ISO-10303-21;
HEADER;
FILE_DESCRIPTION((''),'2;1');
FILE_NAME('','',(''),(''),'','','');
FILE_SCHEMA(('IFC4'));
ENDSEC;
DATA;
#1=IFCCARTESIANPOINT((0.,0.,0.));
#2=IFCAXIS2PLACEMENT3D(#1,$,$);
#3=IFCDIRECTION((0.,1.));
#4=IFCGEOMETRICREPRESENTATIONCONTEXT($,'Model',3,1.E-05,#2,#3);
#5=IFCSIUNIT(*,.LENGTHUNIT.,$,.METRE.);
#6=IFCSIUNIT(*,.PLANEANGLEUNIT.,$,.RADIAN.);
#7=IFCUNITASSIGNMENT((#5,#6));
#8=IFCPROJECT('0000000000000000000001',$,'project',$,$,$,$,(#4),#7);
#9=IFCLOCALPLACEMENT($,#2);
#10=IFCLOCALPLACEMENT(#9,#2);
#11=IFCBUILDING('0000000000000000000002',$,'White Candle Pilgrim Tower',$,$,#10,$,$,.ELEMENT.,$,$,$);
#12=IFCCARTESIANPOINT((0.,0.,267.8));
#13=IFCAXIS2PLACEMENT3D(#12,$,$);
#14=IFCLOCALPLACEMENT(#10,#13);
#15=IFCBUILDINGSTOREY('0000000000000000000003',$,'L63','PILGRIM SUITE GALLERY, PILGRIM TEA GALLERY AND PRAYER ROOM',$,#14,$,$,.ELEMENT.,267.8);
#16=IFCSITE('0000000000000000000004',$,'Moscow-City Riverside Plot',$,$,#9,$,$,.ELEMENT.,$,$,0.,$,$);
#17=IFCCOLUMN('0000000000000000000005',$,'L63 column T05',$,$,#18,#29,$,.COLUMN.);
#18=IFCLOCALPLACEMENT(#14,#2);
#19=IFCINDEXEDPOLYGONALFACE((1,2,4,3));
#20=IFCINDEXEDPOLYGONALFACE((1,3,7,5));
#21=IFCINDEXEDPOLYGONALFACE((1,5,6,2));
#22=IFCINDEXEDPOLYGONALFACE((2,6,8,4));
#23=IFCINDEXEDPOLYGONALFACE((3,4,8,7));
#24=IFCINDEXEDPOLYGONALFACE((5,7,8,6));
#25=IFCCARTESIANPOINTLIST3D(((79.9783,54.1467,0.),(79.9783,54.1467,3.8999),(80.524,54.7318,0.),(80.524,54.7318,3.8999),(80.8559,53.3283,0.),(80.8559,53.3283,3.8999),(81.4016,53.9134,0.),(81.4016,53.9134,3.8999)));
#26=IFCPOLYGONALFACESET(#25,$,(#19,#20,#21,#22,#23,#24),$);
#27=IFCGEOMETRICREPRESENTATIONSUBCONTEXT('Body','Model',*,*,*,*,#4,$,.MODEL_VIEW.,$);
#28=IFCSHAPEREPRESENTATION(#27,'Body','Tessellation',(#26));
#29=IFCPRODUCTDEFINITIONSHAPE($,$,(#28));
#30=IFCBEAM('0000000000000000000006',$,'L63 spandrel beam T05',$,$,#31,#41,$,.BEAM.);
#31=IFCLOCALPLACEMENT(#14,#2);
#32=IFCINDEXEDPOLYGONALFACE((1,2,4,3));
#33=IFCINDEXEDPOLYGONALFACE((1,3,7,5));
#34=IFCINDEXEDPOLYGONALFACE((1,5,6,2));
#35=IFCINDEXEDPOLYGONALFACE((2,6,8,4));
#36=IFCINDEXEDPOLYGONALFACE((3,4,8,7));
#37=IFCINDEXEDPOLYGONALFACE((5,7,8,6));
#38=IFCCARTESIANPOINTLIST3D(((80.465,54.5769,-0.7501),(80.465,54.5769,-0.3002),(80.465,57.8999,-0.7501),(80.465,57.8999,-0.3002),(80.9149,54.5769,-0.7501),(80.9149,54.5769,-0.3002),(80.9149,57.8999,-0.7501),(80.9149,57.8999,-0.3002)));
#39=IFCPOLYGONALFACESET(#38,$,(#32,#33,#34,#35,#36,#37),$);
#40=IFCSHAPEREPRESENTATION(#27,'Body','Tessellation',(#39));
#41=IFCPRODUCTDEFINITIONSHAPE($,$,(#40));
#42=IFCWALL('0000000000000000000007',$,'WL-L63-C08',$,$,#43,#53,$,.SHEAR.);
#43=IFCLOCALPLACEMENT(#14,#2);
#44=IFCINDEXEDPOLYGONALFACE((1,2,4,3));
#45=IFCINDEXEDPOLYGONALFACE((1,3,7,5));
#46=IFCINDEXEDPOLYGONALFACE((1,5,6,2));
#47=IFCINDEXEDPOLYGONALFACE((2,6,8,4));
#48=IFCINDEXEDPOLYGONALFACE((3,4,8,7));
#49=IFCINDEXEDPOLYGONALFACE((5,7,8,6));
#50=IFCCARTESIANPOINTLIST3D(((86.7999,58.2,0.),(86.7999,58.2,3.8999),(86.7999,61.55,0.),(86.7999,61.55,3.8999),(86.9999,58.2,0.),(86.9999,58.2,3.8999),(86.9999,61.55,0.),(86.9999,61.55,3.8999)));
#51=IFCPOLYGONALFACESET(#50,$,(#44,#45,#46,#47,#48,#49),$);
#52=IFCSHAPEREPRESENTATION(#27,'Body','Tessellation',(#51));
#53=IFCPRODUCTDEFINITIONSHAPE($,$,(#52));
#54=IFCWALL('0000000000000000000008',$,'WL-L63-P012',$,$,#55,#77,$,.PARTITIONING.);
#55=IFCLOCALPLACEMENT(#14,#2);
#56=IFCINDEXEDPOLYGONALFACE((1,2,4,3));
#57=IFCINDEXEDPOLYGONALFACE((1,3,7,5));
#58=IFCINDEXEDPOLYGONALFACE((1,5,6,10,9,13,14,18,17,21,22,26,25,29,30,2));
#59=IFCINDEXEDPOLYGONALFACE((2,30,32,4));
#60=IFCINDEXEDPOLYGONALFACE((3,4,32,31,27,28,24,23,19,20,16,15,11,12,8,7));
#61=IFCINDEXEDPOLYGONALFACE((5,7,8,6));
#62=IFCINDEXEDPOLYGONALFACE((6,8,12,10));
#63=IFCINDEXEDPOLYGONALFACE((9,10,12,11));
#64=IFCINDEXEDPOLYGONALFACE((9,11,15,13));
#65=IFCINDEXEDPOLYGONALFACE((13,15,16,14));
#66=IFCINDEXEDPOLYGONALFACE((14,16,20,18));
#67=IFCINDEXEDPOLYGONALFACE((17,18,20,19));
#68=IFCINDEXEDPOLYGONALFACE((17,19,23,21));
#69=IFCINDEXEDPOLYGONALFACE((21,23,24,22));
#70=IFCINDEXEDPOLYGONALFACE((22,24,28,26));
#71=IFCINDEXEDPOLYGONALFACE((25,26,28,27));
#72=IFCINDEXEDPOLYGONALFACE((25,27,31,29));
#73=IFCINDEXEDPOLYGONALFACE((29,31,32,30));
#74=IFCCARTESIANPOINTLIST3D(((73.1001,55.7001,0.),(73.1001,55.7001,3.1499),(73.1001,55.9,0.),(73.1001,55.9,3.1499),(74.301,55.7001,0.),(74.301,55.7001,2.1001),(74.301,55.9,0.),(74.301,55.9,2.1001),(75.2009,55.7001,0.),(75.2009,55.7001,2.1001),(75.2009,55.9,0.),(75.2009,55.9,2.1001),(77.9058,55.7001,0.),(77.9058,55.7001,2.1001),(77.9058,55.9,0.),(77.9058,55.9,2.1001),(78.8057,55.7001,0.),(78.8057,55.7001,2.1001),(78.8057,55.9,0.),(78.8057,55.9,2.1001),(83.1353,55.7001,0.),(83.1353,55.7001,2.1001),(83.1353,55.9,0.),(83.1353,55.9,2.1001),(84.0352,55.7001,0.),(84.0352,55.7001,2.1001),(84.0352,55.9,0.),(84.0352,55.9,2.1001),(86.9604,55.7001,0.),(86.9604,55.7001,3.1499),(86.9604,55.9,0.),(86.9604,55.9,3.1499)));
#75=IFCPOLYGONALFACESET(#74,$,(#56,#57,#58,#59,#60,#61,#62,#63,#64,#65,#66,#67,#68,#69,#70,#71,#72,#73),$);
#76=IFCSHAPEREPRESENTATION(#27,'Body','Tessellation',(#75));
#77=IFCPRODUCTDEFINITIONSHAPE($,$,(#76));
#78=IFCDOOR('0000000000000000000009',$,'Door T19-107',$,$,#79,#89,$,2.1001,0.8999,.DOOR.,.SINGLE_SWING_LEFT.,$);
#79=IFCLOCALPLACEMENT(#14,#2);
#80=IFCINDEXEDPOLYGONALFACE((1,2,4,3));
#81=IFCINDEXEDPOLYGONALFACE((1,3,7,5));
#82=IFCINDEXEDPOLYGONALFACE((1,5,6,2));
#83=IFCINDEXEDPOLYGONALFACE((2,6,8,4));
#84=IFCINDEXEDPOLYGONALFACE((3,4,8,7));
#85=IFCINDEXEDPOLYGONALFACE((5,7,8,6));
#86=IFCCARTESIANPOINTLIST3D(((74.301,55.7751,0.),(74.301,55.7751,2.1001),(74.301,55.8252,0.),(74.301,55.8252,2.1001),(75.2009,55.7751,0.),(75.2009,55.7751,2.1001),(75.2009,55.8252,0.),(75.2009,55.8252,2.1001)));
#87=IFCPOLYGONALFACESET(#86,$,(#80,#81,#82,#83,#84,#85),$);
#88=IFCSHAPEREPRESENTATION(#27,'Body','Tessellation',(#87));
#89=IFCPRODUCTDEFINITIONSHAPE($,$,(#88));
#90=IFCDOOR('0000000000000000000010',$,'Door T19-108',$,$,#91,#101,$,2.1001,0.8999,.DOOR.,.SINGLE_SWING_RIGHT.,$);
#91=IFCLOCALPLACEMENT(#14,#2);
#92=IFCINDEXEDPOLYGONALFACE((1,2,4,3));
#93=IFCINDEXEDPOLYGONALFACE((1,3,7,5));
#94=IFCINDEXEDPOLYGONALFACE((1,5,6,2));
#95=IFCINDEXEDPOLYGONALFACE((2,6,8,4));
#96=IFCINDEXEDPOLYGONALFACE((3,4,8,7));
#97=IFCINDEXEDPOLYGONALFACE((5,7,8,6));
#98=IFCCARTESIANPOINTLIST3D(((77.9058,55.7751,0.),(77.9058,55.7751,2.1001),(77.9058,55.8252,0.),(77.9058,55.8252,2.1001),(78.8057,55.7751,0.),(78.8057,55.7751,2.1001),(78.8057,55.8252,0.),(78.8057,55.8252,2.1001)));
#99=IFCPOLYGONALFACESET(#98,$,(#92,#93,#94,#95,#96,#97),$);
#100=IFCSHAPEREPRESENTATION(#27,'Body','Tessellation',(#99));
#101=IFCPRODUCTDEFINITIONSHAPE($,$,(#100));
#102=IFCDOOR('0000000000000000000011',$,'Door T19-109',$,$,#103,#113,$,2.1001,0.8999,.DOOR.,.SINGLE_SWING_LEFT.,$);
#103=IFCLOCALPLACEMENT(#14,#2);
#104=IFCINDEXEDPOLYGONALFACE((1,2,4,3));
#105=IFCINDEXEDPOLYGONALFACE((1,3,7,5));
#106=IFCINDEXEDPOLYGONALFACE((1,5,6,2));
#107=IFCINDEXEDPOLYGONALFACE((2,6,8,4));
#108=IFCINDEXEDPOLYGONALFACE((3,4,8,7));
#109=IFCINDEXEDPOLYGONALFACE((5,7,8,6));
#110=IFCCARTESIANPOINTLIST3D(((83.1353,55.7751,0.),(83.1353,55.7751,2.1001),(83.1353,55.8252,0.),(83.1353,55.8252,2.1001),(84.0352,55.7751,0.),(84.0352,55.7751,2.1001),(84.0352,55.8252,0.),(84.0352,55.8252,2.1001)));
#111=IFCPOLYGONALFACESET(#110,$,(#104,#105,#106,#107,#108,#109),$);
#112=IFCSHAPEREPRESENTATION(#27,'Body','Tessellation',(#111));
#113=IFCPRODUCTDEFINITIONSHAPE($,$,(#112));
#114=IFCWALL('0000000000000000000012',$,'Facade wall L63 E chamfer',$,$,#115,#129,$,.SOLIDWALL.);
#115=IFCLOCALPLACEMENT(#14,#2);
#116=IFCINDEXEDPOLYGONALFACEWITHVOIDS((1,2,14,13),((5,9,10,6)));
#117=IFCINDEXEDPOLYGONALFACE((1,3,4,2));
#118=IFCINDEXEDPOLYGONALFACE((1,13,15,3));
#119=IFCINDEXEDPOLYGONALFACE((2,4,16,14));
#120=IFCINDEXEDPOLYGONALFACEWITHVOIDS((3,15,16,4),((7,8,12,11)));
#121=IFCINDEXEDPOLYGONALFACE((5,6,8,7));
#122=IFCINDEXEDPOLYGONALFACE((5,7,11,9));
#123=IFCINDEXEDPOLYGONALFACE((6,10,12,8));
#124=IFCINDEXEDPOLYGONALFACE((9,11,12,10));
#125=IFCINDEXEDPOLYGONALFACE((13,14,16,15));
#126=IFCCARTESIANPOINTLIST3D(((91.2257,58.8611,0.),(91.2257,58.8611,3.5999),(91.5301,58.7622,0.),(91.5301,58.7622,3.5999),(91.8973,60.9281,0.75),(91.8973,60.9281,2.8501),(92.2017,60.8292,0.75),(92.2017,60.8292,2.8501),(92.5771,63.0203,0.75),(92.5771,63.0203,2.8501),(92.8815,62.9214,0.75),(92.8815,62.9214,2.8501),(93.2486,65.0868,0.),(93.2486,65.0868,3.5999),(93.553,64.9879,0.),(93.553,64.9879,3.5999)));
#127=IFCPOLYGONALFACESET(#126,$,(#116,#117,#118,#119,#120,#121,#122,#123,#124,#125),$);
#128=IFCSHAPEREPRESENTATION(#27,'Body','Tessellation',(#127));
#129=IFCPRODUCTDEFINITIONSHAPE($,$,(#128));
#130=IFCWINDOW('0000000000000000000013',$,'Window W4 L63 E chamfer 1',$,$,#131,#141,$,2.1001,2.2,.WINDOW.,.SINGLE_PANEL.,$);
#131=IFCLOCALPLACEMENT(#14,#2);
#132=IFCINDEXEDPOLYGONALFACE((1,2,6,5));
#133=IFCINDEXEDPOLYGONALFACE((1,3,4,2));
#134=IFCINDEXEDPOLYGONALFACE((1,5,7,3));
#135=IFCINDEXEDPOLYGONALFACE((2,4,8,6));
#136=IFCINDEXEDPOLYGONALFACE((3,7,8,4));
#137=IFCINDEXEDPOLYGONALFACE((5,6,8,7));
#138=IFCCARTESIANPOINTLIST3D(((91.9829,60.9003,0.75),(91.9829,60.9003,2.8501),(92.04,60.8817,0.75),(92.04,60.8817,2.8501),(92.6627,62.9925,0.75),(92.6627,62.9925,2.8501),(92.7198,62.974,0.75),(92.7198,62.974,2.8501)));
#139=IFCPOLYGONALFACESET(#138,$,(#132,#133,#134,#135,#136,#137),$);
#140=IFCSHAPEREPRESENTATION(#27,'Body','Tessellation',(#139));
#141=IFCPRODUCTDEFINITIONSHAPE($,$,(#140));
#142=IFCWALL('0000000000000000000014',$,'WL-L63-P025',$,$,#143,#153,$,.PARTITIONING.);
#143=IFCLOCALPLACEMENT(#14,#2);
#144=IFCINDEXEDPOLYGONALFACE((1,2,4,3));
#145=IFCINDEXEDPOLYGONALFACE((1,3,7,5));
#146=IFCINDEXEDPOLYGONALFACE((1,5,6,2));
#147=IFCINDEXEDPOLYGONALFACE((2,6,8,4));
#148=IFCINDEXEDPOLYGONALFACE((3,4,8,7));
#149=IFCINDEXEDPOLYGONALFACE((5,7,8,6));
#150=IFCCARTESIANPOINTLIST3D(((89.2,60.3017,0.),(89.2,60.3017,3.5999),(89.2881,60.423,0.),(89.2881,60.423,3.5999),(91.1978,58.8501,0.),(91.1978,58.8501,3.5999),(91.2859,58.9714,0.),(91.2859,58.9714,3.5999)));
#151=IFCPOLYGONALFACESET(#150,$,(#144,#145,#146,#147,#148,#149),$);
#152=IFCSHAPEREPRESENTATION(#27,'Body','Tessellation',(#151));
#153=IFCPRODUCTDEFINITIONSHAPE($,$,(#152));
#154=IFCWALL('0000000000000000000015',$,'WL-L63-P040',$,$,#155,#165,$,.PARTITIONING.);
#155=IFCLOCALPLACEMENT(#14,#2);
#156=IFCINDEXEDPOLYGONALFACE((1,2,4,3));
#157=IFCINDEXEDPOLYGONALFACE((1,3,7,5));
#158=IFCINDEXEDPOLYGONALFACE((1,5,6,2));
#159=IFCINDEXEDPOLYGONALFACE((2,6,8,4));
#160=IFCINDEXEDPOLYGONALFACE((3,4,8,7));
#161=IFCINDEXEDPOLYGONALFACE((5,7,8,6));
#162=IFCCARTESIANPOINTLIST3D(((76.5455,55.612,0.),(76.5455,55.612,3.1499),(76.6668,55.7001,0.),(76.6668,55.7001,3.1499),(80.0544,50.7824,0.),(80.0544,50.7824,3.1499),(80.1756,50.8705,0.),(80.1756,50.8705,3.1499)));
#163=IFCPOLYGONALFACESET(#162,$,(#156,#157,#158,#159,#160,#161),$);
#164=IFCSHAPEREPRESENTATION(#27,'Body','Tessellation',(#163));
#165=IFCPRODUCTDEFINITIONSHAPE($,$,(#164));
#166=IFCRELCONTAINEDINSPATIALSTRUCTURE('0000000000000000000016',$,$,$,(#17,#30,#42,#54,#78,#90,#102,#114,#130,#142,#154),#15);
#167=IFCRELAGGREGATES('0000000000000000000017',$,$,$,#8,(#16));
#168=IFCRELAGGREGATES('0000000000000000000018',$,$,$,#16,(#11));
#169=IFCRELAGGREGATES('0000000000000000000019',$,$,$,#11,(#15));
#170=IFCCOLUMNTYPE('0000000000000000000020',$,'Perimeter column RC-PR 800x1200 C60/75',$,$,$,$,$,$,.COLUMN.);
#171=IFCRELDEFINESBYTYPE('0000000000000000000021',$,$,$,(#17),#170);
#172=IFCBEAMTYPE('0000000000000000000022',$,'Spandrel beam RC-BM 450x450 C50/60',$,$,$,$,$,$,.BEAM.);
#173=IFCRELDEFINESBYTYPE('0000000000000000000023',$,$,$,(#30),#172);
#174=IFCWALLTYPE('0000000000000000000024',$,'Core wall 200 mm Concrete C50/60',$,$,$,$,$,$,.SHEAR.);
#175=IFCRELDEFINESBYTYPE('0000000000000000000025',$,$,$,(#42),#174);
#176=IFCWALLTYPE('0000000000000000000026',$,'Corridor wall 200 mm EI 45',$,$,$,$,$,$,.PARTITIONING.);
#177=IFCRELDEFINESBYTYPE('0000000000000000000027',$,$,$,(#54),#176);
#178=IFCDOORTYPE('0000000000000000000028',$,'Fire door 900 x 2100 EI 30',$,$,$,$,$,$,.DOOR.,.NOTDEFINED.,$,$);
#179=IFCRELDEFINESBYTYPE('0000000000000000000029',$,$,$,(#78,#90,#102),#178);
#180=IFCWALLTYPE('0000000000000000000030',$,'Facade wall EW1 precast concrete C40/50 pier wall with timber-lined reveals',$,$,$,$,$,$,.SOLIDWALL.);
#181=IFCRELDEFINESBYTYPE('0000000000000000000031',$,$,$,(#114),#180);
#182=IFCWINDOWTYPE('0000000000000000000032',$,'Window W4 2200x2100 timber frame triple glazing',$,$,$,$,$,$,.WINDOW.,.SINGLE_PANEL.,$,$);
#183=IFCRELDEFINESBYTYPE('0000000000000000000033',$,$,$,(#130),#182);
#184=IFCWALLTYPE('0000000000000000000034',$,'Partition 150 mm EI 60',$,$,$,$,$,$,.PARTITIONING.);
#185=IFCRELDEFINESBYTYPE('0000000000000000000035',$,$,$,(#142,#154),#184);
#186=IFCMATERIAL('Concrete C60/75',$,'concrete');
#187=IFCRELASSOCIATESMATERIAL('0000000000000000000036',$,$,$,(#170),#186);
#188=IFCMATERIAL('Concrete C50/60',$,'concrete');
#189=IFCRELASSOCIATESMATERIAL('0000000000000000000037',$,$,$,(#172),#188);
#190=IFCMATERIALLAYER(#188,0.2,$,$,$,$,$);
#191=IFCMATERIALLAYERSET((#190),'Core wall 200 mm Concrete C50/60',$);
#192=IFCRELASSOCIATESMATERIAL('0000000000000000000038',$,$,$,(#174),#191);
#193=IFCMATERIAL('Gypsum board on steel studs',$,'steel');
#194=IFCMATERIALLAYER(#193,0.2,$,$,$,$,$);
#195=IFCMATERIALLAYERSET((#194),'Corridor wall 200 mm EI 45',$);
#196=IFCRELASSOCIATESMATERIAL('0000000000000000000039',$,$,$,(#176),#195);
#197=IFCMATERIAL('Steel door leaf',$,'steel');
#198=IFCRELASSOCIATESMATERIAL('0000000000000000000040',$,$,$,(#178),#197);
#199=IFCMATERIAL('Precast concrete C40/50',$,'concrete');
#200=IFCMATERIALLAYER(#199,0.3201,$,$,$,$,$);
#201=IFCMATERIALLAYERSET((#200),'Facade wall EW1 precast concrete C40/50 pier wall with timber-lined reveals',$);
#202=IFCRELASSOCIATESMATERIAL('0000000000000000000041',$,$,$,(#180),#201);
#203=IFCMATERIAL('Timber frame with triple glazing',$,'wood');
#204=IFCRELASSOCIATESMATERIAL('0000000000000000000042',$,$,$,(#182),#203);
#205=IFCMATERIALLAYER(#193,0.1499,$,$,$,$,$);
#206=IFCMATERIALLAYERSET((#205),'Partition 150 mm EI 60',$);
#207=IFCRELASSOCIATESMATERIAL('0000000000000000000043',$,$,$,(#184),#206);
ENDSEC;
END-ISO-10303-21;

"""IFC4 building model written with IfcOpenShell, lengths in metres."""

from ifc_helpers import new_model, si_unit, direction, frame, frame_2d, origin, origin_2d, place, context, subcontext, project, spatial, rectangle, extrude, material, layer, layer_set, material_profile, profile_set, type_object, element, fill, save


model = new_model("IFC4")

# Units and contexts
model_context = context("Model", 3, precision=1e-05, world=origin(), true_north=direction((0.0, 1.0)))
body_context = subcontext(model_context, "Body", "Model", "MODEL_VIEW")
ifc_project = project(units=[si_unit("LENGTHUNIT", "METRE"), si_unit("PLANEANGLEUNIT", "RADIAN")], contexts=[model_context])

# Site, building, storey
site_placement = place(None, origin())
site = spatial("IfcSite", under=ifc_project, at=site_placement, Name="Moscow-City Riverside Plot", CompositionType="ELEMENT", RefElevation=0.0)
building_placement = place(site_placement, origin())
building = spatial("IfcBuilding", under=site, at=building_placement, Name="White Candle Pilgrim Tower", CompositionType="ELEMENT")
storey_placement = place(building_placement, frame((0.0, 0.0, 267.8)))
storey = spatial("IfcBuildingStorey", under=building, at=storey_placement, Name="L63", Description="PILGRIM SUITE GALLERY, PILGRIM TEA GALLERY AND PRAYER ROOM", CompositionType="ELEMENT", Elevation=267.8)

# Column
ifc_material_1 = material(Name="Concrete C60/75", Category="concrete")
ifc_material_profile_1 = material_profile(ifc_material_1, rectangle(XDim=0.8, YDim=1.2, at=origin_2d()), Name="RC-PR 800x1200")
ifc_profile_set_1 = profile_set([ifc_material_profile_1], Name="Concrete C60/75")
column_type = type_object("IfcColumnType", Name="Perimeter column RC-PR 800x1200 C60/75", PredefinedType="COLUMN", material=ifc_profile_set_1)
column_placement = place(storey_placement, frame((80.6899, 54.03, 0.0), z_axis=(0.0, 0.0, 1.0), x_axis=(-0.681998, -0.731354, 0.0)))
element("IfcColumn", 1, at=column_placement, inside=storey, type_object=column_type, Name="L63 column T05", PredefinedType="COLUMN", context=body_context, shape_type="SweptSolid", body=[
    extrude(rectangle(XDim=0.8, YDim=1.2, at=origin_2d()), origin(), (0.0, 0.0, 1.0), 3.8999),
])

# Beam
ifc_material_2 = material(Name="Concrete C50/60", Category="concrete")
ifc_material_profile_2 = material_profile(ifc_material_2, rectangle(XDim=0.45, YDim=0.45, at=origin_2d()), Name="RC-BM 450x450")
ifc_profile_set_2 = profile_set([ifc_material_profile_2], Name="Concrete C50/60")
beam_type = type_object("IfcBeamType", Name="Spandrel beam RC-BM 450x450 C50/60", PredefinedType="BEAM", material=ifc_profile_set_2)
beam_placement = place(storey_placement, frame((80.6899, 54.5769, -0.5251), z_axis=(0.0, 1.0, 0.0), x_axis=(-1.0, 0.0, 0.0)))
element("IfcBeam", 2, at=beam_placement, inside=storey, type_object=beam_type, Name="L63 spandrel beam T05", PredefinedType="BEAM", context=body_context, shape_type="SweptSolid", body=[
    extrude(rectangle(XDim=0.45, YDim=0.45, at=origin_2d()), origin(), (0.0, 0.0, 1.0), 3.323),
])

# Wall
ifc_layer_1 = layer(ifc_material_2, 0.2)
ifc_layer_set_1 = layer_set([ifc_layer_1], Name="Core wall 200 mm Concrete C50/60")
wall_type_1 = type_object("IfcWallType", Name="Core wall 200 mm Concrete C50/60", PredefinedType="SHEAR", material=ifc_layer_set_1)
wall_1_placement = place(storey_placement, frame((86.8999, 58.2, 0.0), z_axis=(0.0, 0.0, 1.0), x_axis=(0.0, 1.0, 0.0)))
element("IfcWall", 3, at=wall_1_placement, inside=storey, type_object=wall_type_1, Name="WL-L63-C08", PredefinedType="SHEAR", context=body_context, shape_type="SweptSolid", body=[
    extrude(rectangle(XDim=3.3501, YDim=0.2, at=frame_2d((1.675, 0.0))), origin(), (0.0, 0.0, 1.0), 3.8999),
])

# Wall, openings, doors
ifc_material_3 = material(Name="Gypsum board on steel studs", Category="steel")
ifc_layer_2 = layer(ifc_material_3, 0.2)
ifc_layer_set_2 = layer_set([ifc_layer_2], Name="Corridor wall 200 mm EI 45")
wall_type_2 = type_object("IfcWallType", Name="Corridor wall 200 mm EI 45", PredefinedType="PARTITIONING", material=ifc_layer_set_2)
wall_2_placement = place(storey_placement, frame((86.9604, 55.8, 0.0), z_axis=(0.0, 0.0, 1.0), x_axis=(-1.0, 0.0, 0.0)))
wall_2 = element("IfcWall", 4, at=wall_2_placement, inside=storey, type_object=wall_type_2, Name="WL-L63-P012", PredefinedType="PARTITIONING", context=body_context, shape_type="SweptSolid", body=[
    extrude(rectangle(XDim=13.8604, YDim=0.2, at=frame_2d((6.9302, 0.0))), origin(), (0.0, 0.0, 1.0), 3.1499),
])
opening_1_placement = place(wall_2_placement, frame((11.7595, 0.0, 0.0)))
opening_1 = element("IfcOpeningElement", 5, at=opening_1_placement, cuts=wall_2, PredefinedType="OPENING", context=body_context, shape_type="SweptSolid", body=[
    extrude(rectangle(XDim=0.8999, YDim=2.1001, at=frame_2d((0.45, 1.05))), frame((0.0, 0.1099, 0.0), z_axis=(0.0, -1.0, 0.0), x_axis=(1.0, 0.0, 0.0)), (0.0, 0.0, 1.0), 0.22),
])
opening_2_placement = place(wall_2_placement, frame((8.1548, 0.0, 0.0)))
opening_2 = element("IfcOpeningElement", 6, at=opening_2_placement, cuts=wall_2, PredefinedType="OPENING", context=body_context, shape_type="SweptSolid", body=[
    extrude(rectangle(XDim=0.8999, YDim=2.1001, at=frame_2d((0.45, 1.05))), frame((0.0, 0.1099, 0.0), z_axis=(0.0, -1.0, 0.0), x_axis=(1.0, 0.0, 0.0)), (0.0, 0.0, 1.0), 0.22),
])
opening_3_placement = place(wall_2_placement, frame((2.9253, 0.0, 0.0)))
opening_3 = element("IfcOpeningElement", 7, at=opening_3_placement, cuts=wall_2, PredefinedType="OPENING", context=body_context, shape_type="SweptSolid", body=[
    extrude(rectangle(XDim=0.8999, YDim=2.1001, at=frame_2d((0.45, 1.05))), frame((0.0, 0.1099, 0.0), z_axis=(0.0, -1.0, 0.0), x_axis=(1.0, 0.0, 0.0)), (0.0, 0.0, 1.0), 0.22),
])
ifc_material_4 = material(Name="Steel door leaf", Category="steel")
door_type_1 = type_object("IfcDoorType", Name="Fire door 900 x 2100 EI 30", OperationType="NOTDEFINED", PredefinedType="DOOR", material=ifc_material_4)
door_1_placement = place(opening_1_placement, origin())
door_1 = element("IfcDoor", 8, at=door_1_placement, inside=storey, type_object=door_type_1, Name="Door T19-107", OperationType="SINGLE_SWING_LEFT", OverallHeight=2.1001, OverallWidth=0.8999, PredefinedType="DOOR", context=body_context, shape_type="SweptSolid", body=[
    extrude(rectangle(XDim=0.8999, YDim=2.1001, at=frame_2d((0.45, 1.05))), frame((0.0, 0.0249, 0.0), z_axis=(0.0, -1.0, 0.0), x_axis=(1.0, 0.0, 0.0)), (0.0, 0.0, 1.0), 0.05),
])
fill(opening_1, door_1)
door_2_placement = place(opening_2_placement, origin())
door_2 = element("IfcDoor", 9, at=door_2_placement, inside=storey, type_object=door_type_1, Name="Door T19-108", OperationType="SINGLE_SWING_RIGHT", OverallHeight=2.1001, OverallWidth=0.8999, PredefinedType="DOOR", context=body_context, shape_type="SweptSolid", body=[
    extrude(rectangle(XDim=0.8999, YDim=2.1001, at=frame_2d((0.45, 1.05))), frame((0.0, 0.0249, 0.0), z_axis=(0.0, -1.0, 0.0), x_axis=(1.0, 0.0, 0.0)), (0.0, 0.0, 1.0), 0.05),
])
fill(opening_2, door_2)
door_3_placement = place(opening_3_placement, origin())
door_3 = element("IfcDoor", 10, at=door_3_placement, inside=storey, type_object=door_type_1, Name="Door T19-109", OperationType="SINGLE_SWING_LEFT", OverallHeight=2.1001, OverallWidth=0.8999, PredefinedType="DOOR", context=body_context, shape_type="SweptSolid", body=[
    extrude(rectangle(XDim=0.8999, YDim=2.1001, at=frame_2d((0.45, 1.05))), frame((0.0, 0.0249, 0.0), z_axis=(0.0, -1.0, 0.0), x_axis=(1.0, 0.0, 0.0)), (0.0, 0.0, 1.0), 0.05),
])
fill(opening_3, door_3)

# Wall, opening, window
ifc_material_5 = material(Name="Precast concrete C40/50", Category="concrete")
ifc_layer_3 = layer(ifc_material_5, 0.3201)
ifc_layer_set_3 = layer_set([ifc_layer_3], Name="Facade wall EW1 precast concrete C40/50 pier wall with timber-lined reveals")
wall_type_3 = type_object("IfcWallType", Name="Facade wall EW1 precast concrete C40/50 pier wall with timber-lined reveals", PredefinedType="SOLIDWALL", material=ifc_layer_set_3)
wall_3_placement = place(storey_placement, frame((91.3779, 58.8118, 0.0), z_axis=(0.0, 0.0, 1.0), x_axis=(0.309025, 0.951054, 0.0)))
wall_3 = element("IfcWall", 11, at=wall_3_placement, inside=storey, type_object=wall_type_3, Name="Facade wall L63 E chamfer", PredefinedType="SOLIDWALL", context=body_context, shape_type="SweptSolid", body=[
    extrude(rectangle(XDim=6.5461, YDim=0.3201, at=frame_2d((3.2729, 0.0))), origin(), (0.0, 0.0, 1.0), 3.5999),
])
opening_4_placement = place(wall_3_placement, frame((2.1731, 0.0, 0.75)))
opening_4 = element("IfcOpeningElement", 12, at=opening_4_placement, cuts=wall_3, PredefinedType="OPENING", context=body_context, shape_type="SweptSolid", body=[
    extrude(rectangle(XDim=2.2, YDim=2.1001, at=frame_2d((1.1001, 1.05))), frame((0.0, 0.1699, 0.0), z_axis=(0.0, -1.0, 0.0), x_axis=(1.0, 0.0, 0.0)), (0.0, 0.0, 1.0), 0.3401),
])
ifc_material_6 = material(Name="Timber frame with triple glazing", Category="wood")
window_type = type_object("IfcWindowType", Name="Window W4 2200x2100 timber frame triple glazing", PartitioningType="SINGLE_PANEL", PredefinedType="WINDOW", material=ifc_material_6)
window_placement = place(opening_4_placement, origin())
window = element("IfcWindow", 13, at=window_placement, inside=storey, type_object=window_type, Name="Window W4 L63 E chamfer 1", OverallHeight=2.1001, OverallWidth=2.2, PartitioningType="SINGLE_PANEL", PredefinedType="WINDOW", context=body_context, shape_type="SweptSolid", body=[
    extrude(rectangle(XDim=2.2, YDim=2.1001, at=frame_2d((1.1001, 1.05))), frame((0.0, 0.0701, 0.0), z_axis=(0.0, -1.0, 0.0), x_axis=(1.0, 0.0, 0.0)), (0.0, 0.0, 1.0), 0.0601),
])
fill(opening_4, window)

# Walls
ifc_layer_4 = layer(ifc_material_3, 0.1499)
ifc_layer_set_4 = layer_set([ifc_layer_4], Name="Partition 150 mm EI 60")
wall_type_4 = type_object("IfcWallType", Name="Partition 150 mm EI 60", PredefinedType="PARTITIONING", material=ifc_layer_set_4)
wall_4_placement = place(storey_placement, frame((91.2419, 58.9106, 0.0), z_axis=(0.0, 0.0, 1.0), x_axis=(-0.808984, 0.587831, 0.0)))
element("IfcWall", 14, at=wall_4_placement, inside=storey, type_object=wall_type_4, Name="WL-L63-P025", PredefinedType="PARTITIONING", context=body_context, shape_type="SweptSolid", body=[
    extrude(rectangle(XDim=2.4695, YDim=0.1499, at=frame_2d((1.2349, 0.0))), origin(), (0.0, 0.0, 1.0), 3.5999),
])
wall_5_placement = place(storey_placement, frame((80.115, 50.8264, 0.0), z_axis=(0.0, 0.0, 1.0), x_axis=(-0.587773, 0.809026, 0.0)))
element("IfcWall", 15, at=wall_5_placement, inside=storey, type_object=wall_type_4, Name="WL-L63-P040", PredefinedType="PARTITIONING", context=body_context, shape_type="SweptSolid", body=[
    extrude(rectangle(XDim=5.9697, YDim=0.1499, at=frame_2d((2.9849, 0.0))), origin(), (0.0, 0.0, 1.0), 3.1499),
])

save(model, "model.ifc")
